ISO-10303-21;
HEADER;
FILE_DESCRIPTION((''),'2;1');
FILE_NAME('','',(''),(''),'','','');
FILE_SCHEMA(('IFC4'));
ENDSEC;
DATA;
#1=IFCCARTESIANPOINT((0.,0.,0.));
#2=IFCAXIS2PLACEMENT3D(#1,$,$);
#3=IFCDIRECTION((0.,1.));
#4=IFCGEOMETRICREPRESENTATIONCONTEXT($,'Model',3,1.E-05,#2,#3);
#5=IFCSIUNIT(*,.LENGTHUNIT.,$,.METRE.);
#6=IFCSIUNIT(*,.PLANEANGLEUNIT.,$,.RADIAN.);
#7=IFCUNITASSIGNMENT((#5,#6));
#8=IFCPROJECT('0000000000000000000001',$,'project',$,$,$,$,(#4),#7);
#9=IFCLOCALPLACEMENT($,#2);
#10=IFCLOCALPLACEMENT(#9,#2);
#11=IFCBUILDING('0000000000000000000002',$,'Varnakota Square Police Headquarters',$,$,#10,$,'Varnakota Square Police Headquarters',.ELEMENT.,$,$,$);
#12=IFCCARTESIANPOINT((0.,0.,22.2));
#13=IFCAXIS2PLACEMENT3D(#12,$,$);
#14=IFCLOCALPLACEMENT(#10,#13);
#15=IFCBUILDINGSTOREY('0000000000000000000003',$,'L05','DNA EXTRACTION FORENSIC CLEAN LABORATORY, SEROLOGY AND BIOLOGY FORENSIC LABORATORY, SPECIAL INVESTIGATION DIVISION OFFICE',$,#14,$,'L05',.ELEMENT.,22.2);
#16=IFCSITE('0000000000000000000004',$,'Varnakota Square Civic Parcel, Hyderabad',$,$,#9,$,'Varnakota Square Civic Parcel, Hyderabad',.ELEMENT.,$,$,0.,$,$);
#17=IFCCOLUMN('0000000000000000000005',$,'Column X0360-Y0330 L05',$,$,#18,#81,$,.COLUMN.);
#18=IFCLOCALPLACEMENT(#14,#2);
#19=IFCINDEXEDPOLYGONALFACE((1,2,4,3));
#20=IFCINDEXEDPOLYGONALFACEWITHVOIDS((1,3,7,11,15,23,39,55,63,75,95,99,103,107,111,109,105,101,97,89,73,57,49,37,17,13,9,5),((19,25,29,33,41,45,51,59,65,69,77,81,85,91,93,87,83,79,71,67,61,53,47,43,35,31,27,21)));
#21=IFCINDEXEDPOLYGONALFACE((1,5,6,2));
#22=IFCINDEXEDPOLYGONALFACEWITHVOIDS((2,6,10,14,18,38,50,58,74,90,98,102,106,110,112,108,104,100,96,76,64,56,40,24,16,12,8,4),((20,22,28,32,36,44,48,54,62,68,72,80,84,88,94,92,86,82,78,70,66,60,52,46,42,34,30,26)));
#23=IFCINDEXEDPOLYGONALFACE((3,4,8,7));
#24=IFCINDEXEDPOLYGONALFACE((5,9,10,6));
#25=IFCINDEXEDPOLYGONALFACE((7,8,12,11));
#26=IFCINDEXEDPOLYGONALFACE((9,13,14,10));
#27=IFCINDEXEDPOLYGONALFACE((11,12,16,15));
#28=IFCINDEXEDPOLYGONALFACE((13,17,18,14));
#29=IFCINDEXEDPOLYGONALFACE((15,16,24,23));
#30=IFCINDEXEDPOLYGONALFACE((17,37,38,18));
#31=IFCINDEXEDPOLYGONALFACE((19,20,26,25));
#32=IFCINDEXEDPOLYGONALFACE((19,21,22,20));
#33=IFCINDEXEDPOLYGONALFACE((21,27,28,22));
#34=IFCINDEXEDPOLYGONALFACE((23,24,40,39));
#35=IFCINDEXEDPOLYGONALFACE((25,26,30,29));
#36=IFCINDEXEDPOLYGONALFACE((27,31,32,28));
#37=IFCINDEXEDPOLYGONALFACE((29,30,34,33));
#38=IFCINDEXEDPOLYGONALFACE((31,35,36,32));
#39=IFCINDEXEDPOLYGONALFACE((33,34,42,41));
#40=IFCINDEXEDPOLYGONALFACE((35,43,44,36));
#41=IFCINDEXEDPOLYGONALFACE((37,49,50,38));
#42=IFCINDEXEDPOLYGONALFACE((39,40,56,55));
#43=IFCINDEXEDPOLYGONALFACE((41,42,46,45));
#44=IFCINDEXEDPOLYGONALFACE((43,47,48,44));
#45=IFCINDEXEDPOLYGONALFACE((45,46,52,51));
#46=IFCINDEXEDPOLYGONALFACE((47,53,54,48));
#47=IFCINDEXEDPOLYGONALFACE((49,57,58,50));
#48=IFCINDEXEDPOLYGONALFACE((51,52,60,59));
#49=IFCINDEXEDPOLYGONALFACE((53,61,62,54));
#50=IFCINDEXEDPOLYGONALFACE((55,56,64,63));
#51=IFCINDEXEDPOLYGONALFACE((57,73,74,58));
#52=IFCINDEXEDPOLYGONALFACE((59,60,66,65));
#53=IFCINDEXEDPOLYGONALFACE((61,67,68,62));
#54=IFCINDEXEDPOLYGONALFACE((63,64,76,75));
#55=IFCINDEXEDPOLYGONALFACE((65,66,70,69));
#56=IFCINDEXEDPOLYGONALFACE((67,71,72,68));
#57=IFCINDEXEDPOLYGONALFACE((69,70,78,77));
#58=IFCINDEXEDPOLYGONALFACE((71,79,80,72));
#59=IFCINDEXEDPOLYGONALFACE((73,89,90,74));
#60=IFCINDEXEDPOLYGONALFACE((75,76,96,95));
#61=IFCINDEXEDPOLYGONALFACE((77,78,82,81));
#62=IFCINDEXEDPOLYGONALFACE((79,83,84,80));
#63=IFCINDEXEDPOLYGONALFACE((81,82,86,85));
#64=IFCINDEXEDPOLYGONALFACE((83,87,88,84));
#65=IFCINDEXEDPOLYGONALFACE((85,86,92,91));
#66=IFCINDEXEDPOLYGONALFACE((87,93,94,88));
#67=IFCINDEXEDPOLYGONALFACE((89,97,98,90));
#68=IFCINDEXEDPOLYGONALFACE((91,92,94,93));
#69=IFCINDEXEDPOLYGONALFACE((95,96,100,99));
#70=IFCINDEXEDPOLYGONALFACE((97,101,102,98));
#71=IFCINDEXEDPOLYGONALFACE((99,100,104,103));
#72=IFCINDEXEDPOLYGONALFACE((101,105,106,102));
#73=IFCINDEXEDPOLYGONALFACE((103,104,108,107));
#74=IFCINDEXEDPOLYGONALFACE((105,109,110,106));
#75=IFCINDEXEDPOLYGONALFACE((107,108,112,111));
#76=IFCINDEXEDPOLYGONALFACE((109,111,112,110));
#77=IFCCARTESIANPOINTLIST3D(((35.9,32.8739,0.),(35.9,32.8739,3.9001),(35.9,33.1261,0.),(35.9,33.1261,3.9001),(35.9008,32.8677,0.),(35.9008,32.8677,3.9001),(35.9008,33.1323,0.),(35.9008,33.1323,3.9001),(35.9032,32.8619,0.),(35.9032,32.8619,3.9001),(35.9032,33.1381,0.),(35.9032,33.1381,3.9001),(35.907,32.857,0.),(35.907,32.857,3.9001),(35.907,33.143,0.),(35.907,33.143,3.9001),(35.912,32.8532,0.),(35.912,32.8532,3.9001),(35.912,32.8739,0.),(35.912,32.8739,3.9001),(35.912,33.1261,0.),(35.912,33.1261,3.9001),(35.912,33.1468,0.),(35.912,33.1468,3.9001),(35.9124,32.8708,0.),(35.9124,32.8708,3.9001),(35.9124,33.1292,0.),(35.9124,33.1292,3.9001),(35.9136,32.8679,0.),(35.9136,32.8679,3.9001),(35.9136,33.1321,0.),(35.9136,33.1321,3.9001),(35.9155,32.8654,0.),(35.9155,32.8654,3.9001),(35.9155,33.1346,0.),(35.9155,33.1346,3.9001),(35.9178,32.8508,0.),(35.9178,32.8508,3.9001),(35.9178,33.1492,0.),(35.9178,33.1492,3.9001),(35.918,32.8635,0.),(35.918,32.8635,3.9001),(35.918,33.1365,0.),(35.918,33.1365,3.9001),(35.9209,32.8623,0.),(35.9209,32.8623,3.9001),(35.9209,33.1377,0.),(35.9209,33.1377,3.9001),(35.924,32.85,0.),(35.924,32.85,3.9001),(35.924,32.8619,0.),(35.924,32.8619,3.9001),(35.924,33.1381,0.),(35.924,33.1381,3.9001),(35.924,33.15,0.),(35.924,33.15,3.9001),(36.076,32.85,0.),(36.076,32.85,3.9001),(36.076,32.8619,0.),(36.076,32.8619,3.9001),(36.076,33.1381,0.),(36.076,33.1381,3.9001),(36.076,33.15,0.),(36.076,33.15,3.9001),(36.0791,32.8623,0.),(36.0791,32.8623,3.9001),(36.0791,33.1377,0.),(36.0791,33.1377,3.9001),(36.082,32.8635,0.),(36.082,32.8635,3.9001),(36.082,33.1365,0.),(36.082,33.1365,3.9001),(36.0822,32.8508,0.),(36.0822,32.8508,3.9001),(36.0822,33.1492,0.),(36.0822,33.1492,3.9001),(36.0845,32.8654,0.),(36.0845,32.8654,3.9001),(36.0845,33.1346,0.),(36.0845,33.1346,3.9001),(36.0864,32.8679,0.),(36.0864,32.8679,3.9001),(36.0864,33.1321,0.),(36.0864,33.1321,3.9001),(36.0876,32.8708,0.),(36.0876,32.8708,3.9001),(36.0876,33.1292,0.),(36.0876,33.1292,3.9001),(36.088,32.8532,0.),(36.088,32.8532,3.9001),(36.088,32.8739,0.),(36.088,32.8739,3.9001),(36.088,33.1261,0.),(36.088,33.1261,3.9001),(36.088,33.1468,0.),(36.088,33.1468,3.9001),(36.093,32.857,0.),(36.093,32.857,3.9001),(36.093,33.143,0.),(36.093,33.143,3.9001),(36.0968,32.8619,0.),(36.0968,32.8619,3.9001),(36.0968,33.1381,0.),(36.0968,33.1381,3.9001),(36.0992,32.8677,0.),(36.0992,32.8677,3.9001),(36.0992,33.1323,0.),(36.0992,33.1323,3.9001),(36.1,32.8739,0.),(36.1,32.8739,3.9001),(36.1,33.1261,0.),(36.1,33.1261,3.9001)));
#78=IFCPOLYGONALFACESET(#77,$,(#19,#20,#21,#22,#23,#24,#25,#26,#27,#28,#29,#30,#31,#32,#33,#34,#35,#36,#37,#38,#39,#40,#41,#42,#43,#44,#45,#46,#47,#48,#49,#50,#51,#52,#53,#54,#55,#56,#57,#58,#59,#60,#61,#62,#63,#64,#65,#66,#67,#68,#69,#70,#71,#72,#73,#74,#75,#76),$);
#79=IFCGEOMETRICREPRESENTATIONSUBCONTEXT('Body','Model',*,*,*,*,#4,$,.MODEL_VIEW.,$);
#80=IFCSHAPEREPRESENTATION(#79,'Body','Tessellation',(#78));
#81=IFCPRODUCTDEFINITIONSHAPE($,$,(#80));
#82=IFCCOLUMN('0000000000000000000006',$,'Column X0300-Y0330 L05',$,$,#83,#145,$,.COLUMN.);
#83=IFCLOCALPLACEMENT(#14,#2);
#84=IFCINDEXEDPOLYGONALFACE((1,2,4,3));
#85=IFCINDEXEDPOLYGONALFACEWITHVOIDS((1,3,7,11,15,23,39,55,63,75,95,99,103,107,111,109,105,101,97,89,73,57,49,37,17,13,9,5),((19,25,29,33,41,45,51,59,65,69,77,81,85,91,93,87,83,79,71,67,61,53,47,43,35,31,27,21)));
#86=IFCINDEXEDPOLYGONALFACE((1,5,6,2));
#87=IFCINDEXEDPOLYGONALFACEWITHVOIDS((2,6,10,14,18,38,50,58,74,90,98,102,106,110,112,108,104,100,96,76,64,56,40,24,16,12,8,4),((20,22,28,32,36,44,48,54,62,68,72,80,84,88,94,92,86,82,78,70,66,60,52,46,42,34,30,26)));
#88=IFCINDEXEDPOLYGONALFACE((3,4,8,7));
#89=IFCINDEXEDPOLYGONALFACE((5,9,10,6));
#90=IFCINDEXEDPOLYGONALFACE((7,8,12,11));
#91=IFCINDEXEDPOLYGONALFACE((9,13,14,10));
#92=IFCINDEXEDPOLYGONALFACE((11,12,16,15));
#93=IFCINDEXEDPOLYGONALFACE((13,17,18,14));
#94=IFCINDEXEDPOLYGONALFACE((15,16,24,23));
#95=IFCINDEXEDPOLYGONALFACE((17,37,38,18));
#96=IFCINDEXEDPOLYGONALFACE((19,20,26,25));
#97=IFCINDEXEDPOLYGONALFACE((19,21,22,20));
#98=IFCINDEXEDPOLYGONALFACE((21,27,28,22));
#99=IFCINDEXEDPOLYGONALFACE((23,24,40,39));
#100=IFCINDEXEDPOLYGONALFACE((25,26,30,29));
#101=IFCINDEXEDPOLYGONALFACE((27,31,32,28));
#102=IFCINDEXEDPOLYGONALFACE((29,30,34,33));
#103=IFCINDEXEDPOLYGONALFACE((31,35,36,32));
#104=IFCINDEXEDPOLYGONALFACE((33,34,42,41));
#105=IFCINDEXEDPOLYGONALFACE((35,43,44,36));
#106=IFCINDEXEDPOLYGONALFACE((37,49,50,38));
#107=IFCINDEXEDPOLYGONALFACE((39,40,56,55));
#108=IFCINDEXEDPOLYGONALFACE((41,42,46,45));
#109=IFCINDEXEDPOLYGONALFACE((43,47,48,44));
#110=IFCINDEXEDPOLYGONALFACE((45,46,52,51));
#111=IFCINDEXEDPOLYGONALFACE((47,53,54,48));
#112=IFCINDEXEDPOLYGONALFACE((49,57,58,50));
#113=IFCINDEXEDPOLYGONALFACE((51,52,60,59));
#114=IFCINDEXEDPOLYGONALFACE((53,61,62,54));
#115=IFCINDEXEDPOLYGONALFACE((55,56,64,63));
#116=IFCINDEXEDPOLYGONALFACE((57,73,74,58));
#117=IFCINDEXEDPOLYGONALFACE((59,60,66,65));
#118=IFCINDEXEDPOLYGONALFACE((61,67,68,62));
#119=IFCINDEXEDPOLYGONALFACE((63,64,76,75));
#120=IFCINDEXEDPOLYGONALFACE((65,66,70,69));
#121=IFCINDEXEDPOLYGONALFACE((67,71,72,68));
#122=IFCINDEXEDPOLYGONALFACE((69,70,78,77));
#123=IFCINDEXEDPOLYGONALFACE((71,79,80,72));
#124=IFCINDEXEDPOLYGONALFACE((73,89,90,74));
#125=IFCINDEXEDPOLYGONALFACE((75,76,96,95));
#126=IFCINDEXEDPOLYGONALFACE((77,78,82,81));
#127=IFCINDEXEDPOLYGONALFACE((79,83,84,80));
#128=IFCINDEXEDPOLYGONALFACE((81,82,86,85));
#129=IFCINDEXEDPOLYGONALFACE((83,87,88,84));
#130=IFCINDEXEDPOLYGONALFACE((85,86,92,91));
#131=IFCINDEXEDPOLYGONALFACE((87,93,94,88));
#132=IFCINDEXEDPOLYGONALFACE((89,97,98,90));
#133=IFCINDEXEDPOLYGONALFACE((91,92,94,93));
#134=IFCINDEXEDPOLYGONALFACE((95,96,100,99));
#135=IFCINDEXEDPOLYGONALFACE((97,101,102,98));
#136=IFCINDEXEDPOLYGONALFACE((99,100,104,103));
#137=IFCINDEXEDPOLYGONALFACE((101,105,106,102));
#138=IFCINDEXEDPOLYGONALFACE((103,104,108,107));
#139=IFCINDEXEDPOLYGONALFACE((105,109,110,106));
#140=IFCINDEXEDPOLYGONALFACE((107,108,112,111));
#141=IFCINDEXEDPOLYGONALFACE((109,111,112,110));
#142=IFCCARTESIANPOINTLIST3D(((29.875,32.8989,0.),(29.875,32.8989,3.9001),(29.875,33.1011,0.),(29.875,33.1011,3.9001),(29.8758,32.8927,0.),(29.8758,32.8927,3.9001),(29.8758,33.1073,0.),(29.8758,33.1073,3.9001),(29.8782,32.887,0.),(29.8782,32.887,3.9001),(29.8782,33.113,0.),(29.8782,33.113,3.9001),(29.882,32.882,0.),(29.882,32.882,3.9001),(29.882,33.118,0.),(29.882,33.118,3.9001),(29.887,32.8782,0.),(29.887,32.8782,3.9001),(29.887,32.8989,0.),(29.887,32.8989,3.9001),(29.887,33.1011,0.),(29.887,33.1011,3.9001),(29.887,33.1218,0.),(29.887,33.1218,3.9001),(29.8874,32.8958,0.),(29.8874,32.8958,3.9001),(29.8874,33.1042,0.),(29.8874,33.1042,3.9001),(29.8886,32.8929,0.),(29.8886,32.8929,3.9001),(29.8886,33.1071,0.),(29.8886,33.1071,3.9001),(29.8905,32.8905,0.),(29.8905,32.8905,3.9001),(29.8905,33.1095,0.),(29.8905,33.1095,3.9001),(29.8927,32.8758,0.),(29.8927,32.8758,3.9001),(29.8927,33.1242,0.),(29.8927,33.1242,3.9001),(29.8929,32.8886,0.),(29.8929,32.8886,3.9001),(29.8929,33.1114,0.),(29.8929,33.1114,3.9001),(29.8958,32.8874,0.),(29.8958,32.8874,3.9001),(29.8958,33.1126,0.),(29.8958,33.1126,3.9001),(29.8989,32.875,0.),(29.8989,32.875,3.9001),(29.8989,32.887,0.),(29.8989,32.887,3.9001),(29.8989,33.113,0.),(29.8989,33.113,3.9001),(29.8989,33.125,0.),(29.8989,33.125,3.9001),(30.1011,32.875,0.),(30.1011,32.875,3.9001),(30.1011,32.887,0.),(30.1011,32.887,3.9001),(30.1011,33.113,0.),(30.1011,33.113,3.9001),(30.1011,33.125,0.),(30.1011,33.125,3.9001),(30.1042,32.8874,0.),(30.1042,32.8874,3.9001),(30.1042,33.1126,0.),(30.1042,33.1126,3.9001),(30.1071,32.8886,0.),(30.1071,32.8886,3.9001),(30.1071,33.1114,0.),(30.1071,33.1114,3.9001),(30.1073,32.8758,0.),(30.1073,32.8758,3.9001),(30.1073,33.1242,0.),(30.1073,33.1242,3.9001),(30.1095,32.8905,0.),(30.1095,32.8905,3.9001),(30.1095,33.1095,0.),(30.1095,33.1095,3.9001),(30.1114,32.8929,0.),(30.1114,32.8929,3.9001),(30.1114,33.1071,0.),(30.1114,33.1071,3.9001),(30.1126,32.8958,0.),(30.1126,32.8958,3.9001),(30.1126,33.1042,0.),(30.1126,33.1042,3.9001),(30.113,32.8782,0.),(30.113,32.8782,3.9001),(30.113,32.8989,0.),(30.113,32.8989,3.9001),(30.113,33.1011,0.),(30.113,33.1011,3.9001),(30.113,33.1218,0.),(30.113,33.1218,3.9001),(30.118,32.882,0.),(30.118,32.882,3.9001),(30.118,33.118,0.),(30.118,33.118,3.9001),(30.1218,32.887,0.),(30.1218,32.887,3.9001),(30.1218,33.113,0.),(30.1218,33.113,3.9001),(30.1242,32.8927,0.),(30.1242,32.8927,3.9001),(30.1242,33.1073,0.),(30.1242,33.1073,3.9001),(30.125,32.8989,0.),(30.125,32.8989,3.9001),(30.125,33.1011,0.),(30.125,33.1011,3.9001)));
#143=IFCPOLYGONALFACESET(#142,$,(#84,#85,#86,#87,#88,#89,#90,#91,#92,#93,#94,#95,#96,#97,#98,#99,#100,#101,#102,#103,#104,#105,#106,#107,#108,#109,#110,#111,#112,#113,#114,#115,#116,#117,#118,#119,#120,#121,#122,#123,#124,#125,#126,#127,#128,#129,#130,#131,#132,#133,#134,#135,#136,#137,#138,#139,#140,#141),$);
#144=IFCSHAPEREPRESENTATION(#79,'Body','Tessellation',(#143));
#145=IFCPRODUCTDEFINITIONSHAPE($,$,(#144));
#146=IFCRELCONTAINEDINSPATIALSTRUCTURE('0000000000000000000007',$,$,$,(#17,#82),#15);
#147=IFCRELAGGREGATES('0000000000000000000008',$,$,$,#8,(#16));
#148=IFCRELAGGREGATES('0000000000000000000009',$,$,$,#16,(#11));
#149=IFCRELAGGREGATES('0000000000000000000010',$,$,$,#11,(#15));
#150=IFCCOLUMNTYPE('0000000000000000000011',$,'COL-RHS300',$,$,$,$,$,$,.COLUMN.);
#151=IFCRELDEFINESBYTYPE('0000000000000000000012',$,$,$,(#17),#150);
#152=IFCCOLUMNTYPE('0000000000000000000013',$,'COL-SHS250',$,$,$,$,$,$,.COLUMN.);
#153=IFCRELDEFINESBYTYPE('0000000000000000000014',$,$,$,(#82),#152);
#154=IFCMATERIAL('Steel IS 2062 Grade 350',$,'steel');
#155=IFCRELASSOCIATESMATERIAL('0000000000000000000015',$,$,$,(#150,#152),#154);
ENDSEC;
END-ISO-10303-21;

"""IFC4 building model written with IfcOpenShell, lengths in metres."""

from ifc_helpers import new_model, si_unit, direction, frame, origin, origin_2d, place, context, subcontext, project, spatial, hollow_rectangle, extrude, material, material_profile, profile_set, type_object, element, save


model = new_model("IFC4")

# Units and contexts
model_context = context("Model", 3, precision=1e-05, world=origin(), true_north=direction((0.0, 1.0)))
body_context = subcontext(model_context, "Body", "Model", "MODEL_VIEW")
ifc_project = project(units=[si_unit("LENGTHUNIT", "METRE"), si_unit("PLANEANGLEUNIT", "RADIAN")], contexts=[model_context])

# Site, building, storey
site_placement = place(None, origin())
site = spatial("IfcSite", under=ifc_project, at=site_placement, Name="Varnakota Square Civic Parcel, Hyderabad", LongName="Varnakota Square Civic Parcel, Hyderabad", CompositionType="ELEMENT", RefElevation=0.0)
building_placement = place(site_placement, origin())
building = spatial("IfcBuilding", under=site, at=building_placement, Name="Varnakota Square Police Headquarters", LongName="Varnakota Square Police Headquarters", CompositionType="ELEMENT")
storey_placement = place(building_placement, frame((0.0, 0.0, 22.2)))
storey = spatial("IfcBuildingStorey", under=building, at=storey_placement, Name="L05", Description="DNA EXTRACTION FORENSIC CLEAN LABORATORY, SEROLOGY AND BIOLOGY FORENSIC LABORATORY, SPECIAL INVESTIGATION DIVISION OFFICE", LongName="L05", CompositionType="ELEMENT", Elevation=22.2)

# Columns
ifc_material_1 = material(Name="Steel IS 2062 Grade 350", Category="steel")
ifc_material_profile_1 = material_profile(ifc_material_1, hollow_rectangle(XDim=0.2, YDim=0.3, WallThickness=0.012, InnerFilletRadius=0.012, OuterFilletRadius=0.0239, at=origin_2d()), Name="RHS 300x200x12")
ifc_profile_set_1 = profile_set([ifc_material_profile_1], Name="Steel IS 2062 Grade 350")
column_type_1 = type_object("IfcColumnType", Name="COL-RHS300", PredefinedType="COLUMN", material=ifc_profile_set_1)
for number, where, z_axis, x_axis, name in (
    (1, (36.0, 33.0, 0.0), (0.0, 0.0, 1.0), (1.0, 0.0, 0.0), "Column X0360-Y0330 L05"),
):
    element("IfcColumn", number, at=place(storey_placement, frame(where, z_axis=z_axis, x_axis=x_axis)), inside=storey, type_object=column_type_1, Name=name, PredefinedType="COLUMN", context=body_context, shape_type="SweptSolid", body=[
        extrude(hollow_rectangle(XDim=0.2, YDim=0.3, WallThickness=0.012, InnerFilletRadius=0.012, OuterFilletRadius=0.0239, at=origin_2d()), origin(), (0.0, 0.0, 1.0), 3.9001),
    ])
ifc_material_profile_2 = material_profile(ifc_material_1, hollow_rectangle(XDim=0.25, YDim=0.25, WallThickness=0.012, InnerFilletRadius=0.012, OuterFilletRadius=0.0239, at=origin_2d()), Name="SHS 250x250x12")
ifc_profile_set_2 = profile_set([ifc_material_profile_2], Name="Steel IS 2062 Grade 350")
column_type_2 = type_object("IfcColumnType", Name="COL-SHS250", PredefinedType="COLUMN", material=ifc_profile_set_2)
for number, where, z_axis, x_axis, name in (
    (2, (30.0, 33.0, 0.0), (0.0, 0.0, 1.0), (1.0, 0.0, 0.0), "Column X0300-Y0330 L05"),
):
    element("IfcColumn", number, at=place(storey_placement, frame(where, z_axis=z_axis, x_axis=x_axis)), inside=storey, type_object=column_type_2, Name=name, PredefinedType="COLUMN", context=body_context, shape_type="SweptSolid", body=[
        extrude(hollow_rectangle(XDim=0.25, YDim=0.25, WallThickness=0.012, InnerFilletRadius=0.012, OuterFilletRadius=0.0239, at=origin_2d()), origin(), (0.0, 0.0, 1.0), 3.9001),
    ])

save(model, "model.ifc")
